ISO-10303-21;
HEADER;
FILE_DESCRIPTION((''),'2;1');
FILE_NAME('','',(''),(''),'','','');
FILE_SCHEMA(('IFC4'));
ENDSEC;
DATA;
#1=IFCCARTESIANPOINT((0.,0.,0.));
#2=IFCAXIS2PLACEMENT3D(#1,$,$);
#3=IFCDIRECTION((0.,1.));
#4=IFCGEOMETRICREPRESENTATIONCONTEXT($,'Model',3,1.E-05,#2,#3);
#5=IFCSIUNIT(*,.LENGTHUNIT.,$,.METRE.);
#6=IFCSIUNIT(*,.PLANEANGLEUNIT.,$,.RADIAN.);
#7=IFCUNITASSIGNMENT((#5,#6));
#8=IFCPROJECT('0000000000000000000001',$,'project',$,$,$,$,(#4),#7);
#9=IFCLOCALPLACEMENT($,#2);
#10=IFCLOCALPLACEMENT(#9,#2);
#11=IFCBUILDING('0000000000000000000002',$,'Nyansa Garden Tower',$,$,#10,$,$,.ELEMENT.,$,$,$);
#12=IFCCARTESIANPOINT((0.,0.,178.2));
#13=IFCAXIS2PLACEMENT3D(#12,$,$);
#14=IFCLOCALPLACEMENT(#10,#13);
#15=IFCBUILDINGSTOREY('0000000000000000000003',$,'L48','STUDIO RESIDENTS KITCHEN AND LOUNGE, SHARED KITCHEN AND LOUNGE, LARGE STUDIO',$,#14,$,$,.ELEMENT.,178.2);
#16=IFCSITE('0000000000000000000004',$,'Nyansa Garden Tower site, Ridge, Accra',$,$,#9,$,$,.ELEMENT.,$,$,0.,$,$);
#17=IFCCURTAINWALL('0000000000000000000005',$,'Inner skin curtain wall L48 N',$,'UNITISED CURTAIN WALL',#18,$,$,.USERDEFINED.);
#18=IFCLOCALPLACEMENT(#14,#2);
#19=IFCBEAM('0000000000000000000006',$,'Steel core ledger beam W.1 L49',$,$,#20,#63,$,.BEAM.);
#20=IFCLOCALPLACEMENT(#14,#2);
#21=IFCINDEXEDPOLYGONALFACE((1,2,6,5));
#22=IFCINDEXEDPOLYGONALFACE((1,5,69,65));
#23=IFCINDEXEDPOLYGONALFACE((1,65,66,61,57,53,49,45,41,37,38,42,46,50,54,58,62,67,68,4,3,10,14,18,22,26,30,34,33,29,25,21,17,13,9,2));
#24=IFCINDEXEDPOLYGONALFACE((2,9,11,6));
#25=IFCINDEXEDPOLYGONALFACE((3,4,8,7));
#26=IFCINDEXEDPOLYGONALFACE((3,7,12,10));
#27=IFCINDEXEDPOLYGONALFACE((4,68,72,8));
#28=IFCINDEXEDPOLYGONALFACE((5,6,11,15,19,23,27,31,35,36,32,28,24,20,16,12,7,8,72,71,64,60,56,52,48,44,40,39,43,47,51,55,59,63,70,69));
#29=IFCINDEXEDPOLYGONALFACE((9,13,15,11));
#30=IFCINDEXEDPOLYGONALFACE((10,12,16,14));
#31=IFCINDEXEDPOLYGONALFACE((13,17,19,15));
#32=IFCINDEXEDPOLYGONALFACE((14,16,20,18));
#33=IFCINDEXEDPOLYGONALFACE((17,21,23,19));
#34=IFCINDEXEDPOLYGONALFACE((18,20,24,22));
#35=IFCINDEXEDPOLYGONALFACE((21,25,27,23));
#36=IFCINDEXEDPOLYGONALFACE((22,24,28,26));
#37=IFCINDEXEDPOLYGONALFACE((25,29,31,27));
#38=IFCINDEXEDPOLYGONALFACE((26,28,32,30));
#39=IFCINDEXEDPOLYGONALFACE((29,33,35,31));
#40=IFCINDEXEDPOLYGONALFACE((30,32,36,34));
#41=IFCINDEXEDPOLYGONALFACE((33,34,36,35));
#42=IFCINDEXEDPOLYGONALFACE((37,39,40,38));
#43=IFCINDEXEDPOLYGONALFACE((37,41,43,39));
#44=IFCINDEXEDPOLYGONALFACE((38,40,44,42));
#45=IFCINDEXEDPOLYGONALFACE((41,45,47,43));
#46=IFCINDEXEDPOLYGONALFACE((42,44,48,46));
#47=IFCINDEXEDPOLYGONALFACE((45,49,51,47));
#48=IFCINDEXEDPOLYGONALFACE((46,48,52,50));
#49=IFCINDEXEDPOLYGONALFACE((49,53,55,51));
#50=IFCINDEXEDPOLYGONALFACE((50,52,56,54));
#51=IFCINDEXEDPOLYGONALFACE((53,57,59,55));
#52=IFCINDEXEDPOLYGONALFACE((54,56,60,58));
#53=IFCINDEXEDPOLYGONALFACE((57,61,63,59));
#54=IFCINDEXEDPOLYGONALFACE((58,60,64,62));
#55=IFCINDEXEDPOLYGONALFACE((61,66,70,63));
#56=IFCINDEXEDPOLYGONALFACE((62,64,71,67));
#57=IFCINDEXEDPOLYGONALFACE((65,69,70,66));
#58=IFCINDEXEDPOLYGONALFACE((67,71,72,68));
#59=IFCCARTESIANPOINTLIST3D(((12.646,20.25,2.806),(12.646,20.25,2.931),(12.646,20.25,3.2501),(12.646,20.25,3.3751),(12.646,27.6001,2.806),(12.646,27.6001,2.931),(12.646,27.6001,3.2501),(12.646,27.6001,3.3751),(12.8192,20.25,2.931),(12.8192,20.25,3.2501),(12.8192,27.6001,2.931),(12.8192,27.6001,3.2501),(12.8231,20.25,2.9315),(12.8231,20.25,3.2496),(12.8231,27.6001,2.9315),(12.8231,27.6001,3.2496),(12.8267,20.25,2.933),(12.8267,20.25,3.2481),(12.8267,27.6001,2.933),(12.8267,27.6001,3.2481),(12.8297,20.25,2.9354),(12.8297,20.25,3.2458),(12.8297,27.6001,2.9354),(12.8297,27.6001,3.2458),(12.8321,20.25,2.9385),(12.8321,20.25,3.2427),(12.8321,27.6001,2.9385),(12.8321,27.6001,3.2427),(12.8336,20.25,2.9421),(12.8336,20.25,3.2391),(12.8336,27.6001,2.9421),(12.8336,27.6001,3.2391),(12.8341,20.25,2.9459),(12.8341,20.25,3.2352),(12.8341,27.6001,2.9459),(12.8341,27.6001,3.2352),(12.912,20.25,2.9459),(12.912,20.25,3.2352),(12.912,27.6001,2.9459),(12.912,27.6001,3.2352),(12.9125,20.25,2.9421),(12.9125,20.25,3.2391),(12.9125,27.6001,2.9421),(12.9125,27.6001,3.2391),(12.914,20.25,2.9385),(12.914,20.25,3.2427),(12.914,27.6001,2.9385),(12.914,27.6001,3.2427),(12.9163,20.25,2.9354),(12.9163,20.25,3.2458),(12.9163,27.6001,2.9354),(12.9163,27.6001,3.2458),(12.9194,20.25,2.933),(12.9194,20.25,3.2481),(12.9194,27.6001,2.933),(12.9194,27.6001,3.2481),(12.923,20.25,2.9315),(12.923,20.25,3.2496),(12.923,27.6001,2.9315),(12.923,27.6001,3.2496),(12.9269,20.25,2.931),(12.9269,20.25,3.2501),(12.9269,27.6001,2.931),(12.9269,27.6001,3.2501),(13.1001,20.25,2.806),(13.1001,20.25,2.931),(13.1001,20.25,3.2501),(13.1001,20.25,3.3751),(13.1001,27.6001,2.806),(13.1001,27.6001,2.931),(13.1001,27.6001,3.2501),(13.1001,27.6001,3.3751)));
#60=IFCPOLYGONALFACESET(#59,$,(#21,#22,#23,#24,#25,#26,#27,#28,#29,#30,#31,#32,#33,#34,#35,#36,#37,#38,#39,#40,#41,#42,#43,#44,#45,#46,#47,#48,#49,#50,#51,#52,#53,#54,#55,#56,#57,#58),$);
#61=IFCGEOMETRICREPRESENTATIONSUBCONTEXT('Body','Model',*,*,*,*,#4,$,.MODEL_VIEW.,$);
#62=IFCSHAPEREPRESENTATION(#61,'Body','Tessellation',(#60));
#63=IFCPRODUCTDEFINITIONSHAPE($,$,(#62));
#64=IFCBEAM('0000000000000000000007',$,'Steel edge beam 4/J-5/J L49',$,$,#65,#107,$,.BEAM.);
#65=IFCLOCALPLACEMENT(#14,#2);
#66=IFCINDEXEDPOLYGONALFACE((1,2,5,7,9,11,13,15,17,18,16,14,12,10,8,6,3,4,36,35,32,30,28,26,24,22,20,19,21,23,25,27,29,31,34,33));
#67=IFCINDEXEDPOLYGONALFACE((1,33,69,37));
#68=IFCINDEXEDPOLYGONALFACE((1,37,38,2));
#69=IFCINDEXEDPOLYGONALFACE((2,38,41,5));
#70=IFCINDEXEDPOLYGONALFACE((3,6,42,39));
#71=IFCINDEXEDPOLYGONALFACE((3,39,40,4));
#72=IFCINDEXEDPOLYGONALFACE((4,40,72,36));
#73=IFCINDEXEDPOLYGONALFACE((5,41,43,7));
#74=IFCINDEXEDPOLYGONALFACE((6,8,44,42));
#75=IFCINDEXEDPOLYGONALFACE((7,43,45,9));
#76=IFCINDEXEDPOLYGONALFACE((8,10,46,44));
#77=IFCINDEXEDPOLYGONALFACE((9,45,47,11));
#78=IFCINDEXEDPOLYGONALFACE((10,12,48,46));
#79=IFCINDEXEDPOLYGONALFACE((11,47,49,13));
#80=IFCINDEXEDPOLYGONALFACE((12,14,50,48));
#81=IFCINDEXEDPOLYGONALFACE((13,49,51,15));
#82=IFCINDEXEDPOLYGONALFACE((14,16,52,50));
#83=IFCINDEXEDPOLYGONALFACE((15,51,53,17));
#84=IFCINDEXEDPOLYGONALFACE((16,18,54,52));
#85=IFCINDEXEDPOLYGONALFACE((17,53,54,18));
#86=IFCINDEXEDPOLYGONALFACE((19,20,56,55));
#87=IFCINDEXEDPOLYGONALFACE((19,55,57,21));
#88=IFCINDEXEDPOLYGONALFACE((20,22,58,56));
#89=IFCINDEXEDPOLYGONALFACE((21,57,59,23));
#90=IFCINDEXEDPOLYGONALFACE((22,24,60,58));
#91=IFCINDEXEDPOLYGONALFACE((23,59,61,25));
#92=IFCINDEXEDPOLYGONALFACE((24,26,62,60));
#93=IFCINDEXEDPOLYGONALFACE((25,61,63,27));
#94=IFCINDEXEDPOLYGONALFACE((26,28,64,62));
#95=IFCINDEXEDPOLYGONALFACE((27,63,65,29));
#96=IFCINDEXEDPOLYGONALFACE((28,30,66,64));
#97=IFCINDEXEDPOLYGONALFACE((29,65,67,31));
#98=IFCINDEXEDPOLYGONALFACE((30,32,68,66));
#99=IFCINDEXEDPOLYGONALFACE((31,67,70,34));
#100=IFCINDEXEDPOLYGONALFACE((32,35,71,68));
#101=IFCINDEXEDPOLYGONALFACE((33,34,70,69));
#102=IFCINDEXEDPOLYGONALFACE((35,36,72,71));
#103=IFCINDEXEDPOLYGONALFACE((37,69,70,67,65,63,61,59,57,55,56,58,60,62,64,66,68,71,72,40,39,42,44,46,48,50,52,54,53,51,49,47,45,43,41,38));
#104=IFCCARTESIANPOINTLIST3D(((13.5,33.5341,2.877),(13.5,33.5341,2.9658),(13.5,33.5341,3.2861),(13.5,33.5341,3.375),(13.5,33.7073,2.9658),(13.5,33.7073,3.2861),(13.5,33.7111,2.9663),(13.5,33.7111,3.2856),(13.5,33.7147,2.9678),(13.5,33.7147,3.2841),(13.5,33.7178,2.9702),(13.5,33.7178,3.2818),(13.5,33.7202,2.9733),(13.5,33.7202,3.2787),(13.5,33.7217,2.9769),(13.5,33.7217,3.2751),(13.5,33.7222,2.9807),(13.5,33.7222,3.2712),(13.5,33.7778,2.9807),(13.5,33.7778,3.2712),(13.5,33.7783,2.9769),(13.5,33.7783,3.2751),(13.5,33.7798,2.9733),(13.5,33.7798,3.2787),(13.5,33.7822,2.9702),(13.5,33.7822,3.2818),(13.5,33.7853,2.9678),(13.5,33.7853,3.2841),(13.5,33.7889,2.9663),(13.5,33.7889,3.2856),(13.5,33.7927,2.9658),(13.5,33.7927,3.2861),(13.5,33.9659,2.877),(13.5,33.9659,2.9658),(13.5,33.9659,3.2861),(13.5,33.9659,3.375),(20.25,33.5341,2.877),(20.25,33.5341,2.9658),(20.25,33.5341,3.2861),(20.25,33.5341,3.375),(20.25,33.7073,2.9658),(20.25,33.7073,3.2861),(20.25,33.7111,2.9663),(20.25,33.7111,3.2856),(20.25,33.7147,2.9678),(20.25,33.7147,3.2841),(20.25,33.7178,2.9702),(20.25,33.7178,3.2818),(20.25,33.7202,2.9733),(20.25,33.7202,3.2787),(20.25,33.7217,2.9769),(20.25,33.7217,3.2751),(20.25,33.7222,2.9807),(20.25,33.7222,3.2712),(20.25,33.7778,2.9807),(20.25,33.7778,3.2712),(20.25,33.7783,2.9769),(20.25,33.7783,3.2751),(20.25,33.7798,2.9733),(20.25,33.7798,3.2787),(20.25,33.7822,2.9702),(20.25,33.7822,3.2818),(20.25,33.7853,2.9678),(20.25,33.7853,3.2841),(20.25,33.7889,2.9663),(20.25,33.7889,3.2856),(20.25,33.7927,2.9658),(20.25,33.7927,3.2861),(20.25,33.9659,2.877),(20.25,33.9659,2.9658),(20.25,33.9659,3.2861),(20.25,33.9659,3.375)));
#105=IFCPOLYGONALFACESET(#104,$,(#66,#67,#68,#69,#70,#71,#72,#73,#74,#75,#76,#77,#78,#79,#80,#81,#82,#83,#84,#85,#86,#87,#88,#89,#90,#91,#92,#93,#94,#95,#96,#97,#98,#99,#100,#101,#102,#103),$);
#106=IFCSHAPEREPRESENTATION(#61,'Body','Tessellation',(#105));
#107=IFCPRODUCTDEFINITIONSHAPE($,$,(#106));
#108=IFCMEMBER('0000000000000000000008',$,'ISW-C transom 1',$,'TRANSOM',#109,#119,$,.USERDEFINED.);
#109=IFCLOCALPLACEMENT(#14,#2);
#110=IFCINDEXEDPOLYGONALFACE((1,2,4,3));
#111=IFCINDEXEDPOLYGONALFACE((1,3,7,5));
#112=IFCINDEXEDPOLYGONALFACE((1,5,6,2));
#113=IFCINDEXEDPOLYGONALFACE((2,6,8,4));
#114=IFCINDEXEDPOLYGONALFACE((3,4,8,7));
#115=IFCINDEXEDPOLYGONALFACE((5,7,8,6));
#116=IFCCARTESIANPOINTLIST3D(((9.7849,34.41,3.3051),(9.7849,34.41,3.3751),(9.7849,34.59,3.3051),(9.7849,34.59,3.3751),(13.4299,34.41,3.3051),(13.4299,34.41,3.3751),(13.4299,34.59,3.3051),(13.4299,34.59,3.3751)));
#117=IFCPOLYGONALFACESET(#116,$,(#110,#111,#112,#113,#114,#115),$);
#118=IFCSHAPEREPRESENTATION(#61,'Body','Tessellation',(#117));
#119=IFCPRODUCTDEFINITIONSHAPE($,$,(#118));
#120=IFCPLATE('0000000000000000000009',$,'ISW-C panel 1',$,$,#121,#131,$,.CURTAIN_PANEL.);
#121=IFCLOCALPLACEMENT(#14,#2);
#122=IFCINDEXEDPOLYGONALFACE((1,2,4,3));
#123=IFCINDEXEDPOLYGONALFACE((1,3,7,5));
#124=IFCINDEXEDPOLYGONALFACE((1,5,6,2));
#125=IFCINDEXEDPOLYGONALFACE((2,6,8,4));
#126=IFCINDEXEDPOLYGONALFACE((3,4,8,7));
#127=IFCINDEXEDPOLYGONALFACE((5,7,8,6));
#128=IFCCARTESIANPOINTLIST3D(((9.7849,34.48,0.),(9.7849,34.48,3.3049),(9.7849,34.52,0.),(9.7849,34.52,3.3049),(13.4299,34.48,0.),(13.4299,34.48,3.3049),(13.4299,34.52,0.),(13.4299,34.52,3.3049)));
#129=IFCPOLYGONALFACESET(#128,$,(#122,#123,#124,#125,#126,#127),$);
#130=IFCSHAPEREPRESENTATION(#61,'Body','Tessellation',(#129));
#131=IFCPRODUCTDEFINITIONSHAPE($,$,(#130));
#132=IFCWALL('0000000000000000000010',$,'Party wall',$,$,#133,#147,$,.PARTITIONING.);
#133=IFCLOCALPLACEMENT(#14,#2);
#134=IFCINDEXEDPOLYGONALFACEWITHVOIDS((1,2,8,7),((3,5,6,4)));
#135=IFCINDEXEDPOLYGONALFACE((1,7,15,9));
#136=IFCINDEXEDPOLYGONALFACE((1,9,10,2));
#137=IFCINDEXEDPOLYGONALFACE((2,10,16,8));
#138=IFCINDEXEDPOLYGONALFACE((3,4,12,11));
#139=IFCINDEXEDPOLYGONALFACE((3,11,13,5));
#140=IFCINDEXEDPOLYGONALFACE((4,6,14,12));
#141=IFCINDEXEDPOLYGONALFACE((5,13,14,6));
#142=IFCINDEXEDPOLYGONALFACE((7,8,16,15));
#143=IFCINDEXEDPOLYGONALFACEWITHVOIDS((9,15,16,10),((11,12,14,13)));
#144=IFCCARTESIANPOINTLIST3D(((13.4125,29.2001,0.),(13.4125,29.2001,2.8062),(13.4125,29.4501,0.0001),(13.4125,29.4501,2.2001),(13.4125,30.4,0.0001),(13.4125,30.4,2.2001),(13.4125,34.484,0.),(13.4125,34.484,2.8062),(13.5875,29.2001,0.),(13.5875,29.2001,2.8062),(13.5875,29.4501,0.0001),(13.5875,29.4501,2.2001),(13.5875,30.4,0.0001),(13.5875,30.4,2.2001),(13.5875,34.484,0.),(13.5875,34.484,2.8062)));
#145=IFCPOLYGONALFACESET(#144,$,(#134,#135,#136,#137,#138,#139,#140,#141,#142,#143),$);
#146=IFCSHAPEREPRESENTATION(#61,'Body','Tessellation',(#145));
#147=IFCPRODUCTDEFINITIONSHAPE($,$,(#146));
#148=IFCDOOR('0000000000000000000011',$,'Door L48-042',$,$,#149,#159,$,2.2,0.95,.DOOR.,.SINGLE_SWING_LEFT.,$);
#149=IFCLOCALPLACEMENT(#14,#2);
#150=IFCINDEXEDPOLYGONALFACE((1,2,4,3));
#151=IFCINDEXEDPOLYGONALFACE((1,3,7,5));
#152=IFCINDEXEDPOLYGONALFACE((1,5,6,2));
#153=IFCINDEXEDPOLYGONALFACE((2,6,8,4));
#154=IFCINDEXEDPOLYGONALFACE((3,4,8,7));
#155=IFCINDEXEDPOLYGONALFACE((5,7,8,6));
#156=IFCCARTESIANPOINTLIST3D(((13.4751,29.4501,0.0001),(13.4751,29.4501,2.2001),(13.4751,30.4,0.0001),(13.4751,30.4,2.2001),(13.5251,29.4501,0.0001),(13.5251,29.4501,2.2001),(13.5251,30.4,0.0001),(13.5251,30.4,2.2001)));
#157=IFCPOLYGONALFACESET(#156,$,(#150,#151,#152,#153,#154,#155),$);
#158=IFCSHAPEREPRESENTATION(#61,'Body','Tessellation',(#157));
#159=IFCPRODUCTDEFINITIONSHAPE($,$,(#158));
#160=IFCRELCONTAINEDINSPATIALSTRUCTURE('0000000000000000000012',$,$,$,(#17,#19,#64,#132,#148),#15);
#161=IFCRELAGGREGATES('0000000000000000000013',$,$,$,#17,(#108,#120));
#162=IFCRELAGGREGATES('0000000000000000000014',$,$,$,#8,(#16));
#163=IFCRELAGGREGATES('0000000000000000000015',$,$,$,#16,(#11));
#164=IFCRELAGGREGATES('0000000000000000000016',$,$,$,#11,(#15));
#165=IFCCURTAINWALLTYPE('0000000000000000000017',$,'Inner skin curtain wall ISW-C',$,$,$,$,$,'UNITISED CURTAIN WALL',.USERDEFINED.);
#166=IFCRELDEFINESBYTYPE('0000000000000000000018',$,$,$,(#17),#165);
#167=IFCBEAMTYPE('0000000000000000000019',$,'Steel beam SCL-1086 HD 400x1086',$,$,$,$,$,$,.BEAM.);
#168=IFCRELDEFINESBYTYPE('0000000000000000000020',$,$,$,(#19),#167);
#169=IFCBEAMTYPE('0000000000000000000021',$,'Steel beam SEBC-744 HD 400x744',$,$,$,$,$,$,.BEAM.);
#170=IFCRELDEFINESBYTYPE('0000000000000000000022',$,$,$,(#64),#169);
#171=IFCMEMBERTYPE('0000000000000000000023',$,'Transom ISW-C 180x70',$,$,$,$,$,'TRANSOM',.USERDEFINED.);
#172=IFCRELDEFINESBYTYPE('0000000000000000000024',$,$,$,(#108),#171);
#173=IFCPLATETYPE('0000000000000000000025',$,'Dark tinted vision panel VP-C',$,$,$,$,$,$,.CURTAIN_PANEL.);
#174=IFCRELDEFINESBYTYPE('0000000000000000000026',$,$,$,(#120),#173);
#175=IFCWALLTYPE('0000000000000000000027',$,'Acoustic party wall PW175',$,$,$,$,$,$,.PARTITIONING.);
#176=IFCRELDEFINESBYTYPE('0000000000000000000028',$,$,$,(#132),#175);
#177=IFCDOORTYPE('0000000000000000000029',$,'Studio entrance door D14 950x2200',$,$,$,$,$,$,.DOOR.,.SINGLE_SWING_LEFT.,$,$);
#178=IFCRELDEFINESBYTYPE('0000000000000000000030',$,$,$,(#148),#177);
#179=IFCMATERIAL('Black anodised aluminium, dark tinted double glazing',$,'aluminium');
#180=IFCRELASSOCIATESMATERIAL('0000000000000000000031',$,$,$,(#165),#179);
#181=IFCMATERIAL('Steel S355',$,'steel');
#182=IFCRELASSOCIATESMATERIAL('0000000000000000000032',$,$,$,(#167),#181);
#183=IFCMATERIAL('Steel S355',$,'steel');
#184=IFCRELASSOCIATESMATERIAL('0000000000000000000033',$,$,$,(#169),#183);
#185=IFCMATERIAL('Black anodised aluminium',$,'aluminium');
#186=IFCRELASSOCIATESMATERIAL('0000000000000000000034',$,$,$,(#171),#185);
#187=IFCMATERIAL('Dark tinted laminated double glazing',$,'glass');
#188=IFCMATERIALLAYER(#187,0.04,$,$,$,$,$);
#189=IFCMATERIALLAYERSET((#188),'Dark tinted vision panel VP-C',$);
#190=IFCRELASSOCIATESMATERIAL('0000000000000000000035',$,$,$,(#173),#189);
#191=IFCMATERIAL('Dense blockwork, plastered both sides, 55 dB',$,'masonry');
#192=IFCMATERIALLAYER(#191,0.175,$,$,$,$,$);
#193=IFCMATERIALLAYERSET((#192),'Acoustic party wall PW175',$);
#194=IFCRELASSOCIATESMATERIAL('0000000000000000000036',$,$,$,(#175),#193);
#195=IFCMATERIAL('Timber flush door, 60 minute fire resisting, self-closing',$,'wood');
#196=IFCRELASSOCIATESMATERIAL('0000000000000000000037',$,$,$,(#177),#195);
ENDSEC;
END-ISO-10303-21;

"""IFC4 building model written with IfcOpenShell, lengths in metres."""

from ifc_helpers import new_model, si_unit, direction, frame, frame_2d, origin, origin_2d, place, context, subcontext, project, spatial, rectangle, i_section, extrude, material, layer, layer_set, material_profile, profile_set, type_object, element, fill, aggregate, save


model = new_model("IFC4")

# Units and contexts
model_context = context("Model", 3, precision=1e-05, world=origin(), true_north=direction((0.0, 1.0)))
body_context = subcontext(model_context, "Body", "Model", "MODEL_VIEW")
ifc_project = project(units=[si_unit("LENGTHUNIT", "METRE"), si_unit("PLANEANGLEUNIT", "RADIAN")], contexts=[model_context])

# Site, building, storey
site_placement = place(None, origin())
site = spatial("IfcSite", under=ifc_project, at=site_placement, Name="Nyansa Garden Tower site, Ridge, Accra", CompositionType="ELEMENT", RefElevation=0.0)
building_placement = place(site_placement, origin())
building = spatial("IfcBuilding", under=site, at=building_placement, Name="Nyansa Garden Tower", CompositionType="ELEMENT")
storey_placement = place(building_placement, frame((0.0, 0.0, 178.2)))
storey = spatial("IfcBuildingStorey", under=building, at=storey_placement, Name="L48", Description="STUDIO RESIDENTS KITCHEN AND LOUNGE, SHARED KITCHEN AND LOUNGE, LARGE STUDIO", CompositionType="ELEMENT", Elevation=178.2)

# Curtain wall
ifc_material_1 = material(Name="Black anodised aluminium, dark tinted double glazing", Category="aluminium")
curtain_wall_type = type_object("IfcCurtainWallType", Name="Inner skin curtain wall ISW-C", ElementType="UNITISED CURTAIN WALL", PredefinedType="USERDEFINED", material=ifc_material_1)
curtain_wall_placement = place(storey_placement, origin())
curtain_wall = element("IfcCurtainWall", 1, at=curtain_wall_placement, inside=storey, type_object=curtain_wall_type, Name="Inner skin curtain wall L48 N", ObjectType="UNITISED CURTAIN WALL", PredefinedType="USERDEFINED")

# Beams
ifc_material_2 = material(Name="Steel S355", Category="steel")
ifc_material_profile_1 = material_profile(ifc_material_2, i_section(OverallWidth=0.4541, OverallDepth=0.5691, WebThickness=0.0779, FlangeThickness=0.125, FilletRadius=0.0149, at=origin_2d()), Name="HD 400x1086")
ifc_profile_set_1 = profile_set([ifc_material_profile_1], Name="Steel S355")
beam_type_1 = type_object("IfcBeamType", Name="Steel beam SCL-1086 HD 400x1086", PredefinedType="BEAM", material=ifc_profile_set_1)
beam_1_placement = place(storey_placement, frame((12.873, 27.6001, 3.0906), z_axis=(0.0, -1.0, 0.0), x_axis=(1.0, 0.0, 0.0)))
element("IfcBeam", 2, at=beam_1_placement, inside=storey, type_object=beam_type_1, Name="Steel core ledger beam W.1 L49", PredefinedType="BEAM", context=body_context, shape_type="SweptSolid", body=[
    extrude(i_section(OverallWidth=0.4541, OverallDepth=0.5691, WebThickness=0.0779, FlangeThickness=0.125, FilletRadius=0.0149, at=origin_2d()), origin(), (0.0, 0.0, 1.0), 7.3501),
])
ifc_material_3 = material(Name="Steel S355", Category="steel")
ifc_material_profile_2 = material_profile(ifc_material_3, i_section(OverallWidth=0.4319, OverallDepth=0.498, WebThickness=0.0557, FlangeThickness=0.0889, FilletRadius=0.0149, at=origin_2d()), Name="HD 400x744")
ifc_profile_set_2 = profile_set([ifc_material_profile_2], Name="Steel S355")
beam_type_2 = type_object("IfcBeamType", Name="Steel beam SEBC-744 HD 400x744", PredefinedType="BEAM", material=ifc_profile_set_2)
beam_2_placement = place(storey_placement, frame((13.5, 33.75, 3.126), z_axis=(1.0, 0.0, 0.0), x_axis=(0.0, 1.0, 0.0)))
element("IfcBeam", 3, at=beam_2_placement, inside=storey, type_object=beam_type_2, Name="Steel edge beam 4/J-5/J L49", PredefinedType="BEAM", context=body_context, shape_type="SweptSolid", body=[
    extrude(i_section(OverallWidth=0.4319, OverallDepth=0.498, WebThickness=0.0557, FlangeThickness=0.0889, FilletRadius=0.0149, at=origin_2d()), origin(), (0.0, 0.0, 1.0), 6.75),
])

# Member
ifc_material_4 = material(Name="Black anodised aluminium", Category="aluminium")
ifc_material_profile_3 = material_profile(ifc_material_4, rectangle(XDim=0.1799, YDim=0.0701, at=origin_2d()), Name="Transom 180x70")
ifc_profile_set_3 = profile_set([ifc_material_profile_3], Name="Black anodised aluminium")
member_type_1 = type_object("IfcMemberType", Name="Transom ISW-C 180x70", ElementType="TRANSOM", PredefinedType="USERDEFINED", material=ifc_profile_set_3)
member_1_placement = place(storey_placement, frame((13.4299, 34.5, 3.3401), z_axis=(-1.0, 0.0, 0.0), x_axis=(0.0, -1.0, 0.0)))
member_1 = element("IfcMember", 4, at=member_1_placement, type_object=member_type_1, Name="ISW-C transom 1", ObjectType="TRANSOM", PredefinedType="USERDEFINED", context=body_context, shape_type="SweptSolid", body=[
    extrude(rectangle(XDim=0.1799, YDim=0.0701, at=origin_2d()), origin(), (0.0, 0.0, 1.0), 3.645),
])

# Plate
ifc_material_5 = material(Name="Dark tinted laminated double glazing", Category="glass")
ifc_layer_1 = layer(ifc_material_5, 0.04)
ifc_layer_set_1 = layer_set([ifc_layer_1], Name="Dark tinted vision panel VP-C")
plate_type = type_object("IfcPlateType", Name="Dark tinted vision panel VP-C", PredefinedType="CURTAIN_PANEL", material=ifc_layer_set_1)
plate_placement = place(storey_placement, frame((11.6074, 34.5, 0.0), z_axis=(0.0, 0.0, 1.0), x_axis=(-1.0, 0.0, 0.0)))
plate = element("IfcPlate", 5, at=plate_placement, type_object=plate_type, Name="ISW-C panel 1", PredefinedType="CURTAIN_PANEL", context=body_context, shape_type="SweptSolid", body=[
    extrude(rectangle(XDim=3.645, YDim=0.04, at=origin_2d()), origin(), (0.0, 0.0, 1.0), 3.3049),
])
aggregate(curtain_wall, [member_1, plate])

# Wall, opening, door
ifc_material_6 = material(Name="Dense blockwork, plastered both sides, 55 dB", Category="masonry")
ifc_layer_2 = layer(ifc_material_6, 0.175)
ifc_layer_set_2 = layer_set([ifc_layer_2], Name="Acoustic party wall PW175")
wall_type_1 = type_object("IfcWallType", Name="Acoustic party wall PW175", PredefinedType="PARTITIONING", material=ifc_layer_set_2)
wall_1_placement = place(storey_placement, frame((13.5, 29.2, 0.0), z_axis=(0.0, 0.0, 1.0), x_axis=(0.0, 1.0, 0.0)))
wall_1 = element("IfcWall", 6, at=wall_1_placement, inside=storey, type_object=wall_type_1, Name="Party wall", PredefinedType="PARTITIONING", context=body_context, shape_type="SweptSolid", body=[
    extrude(rectangle(XDim=5.2839, YDim=0.175, at=frame_2d((2.6421, 0.0))), origin(), (0.0, 0.0, 1.0), 2.8062),
])
opening_1_placement = place(wall_1_placement, frame((0.25, 0.0, 0.0)))
opening_1 = element("IfcOpeningElement", 7, at=opening_1_placement, cuts=wall_1, PredefinedType="OPENING", context=body_context, shape_type="SweptSolid", body=[
    extrude(rectangle(XDim=0.95, YDim=2.2, at=frame_2d((0.4751, 1.1001))), frame((0.0, 0.0974, 0.0), z_axis=(0.0, -1.0, 0.0), x_axis=(1.0, 0.0, 0.0)), (0.0, 0.0, 1.0), 0.1951),
])
ifc_material_7 = material(Name="Timber flush door, 60 minute fire resisting, self-closing", Category="wood")
door_type_1 = type_object("IfcDoorType", Name="Studio entrance door D14 950x2200", OperationType="SINGLE_SWING_LEFT", PredefinedType="DOOR", material=ifc_material_7)
door_1_placement = place(opening_1_placement, origin())
door_1 = element("IfcDoor", 8, at=door_1_placement, inside=storey, type_object=door_type_1, Name="Door L48-042", OperationType="SINGLE_SWING_LEFT", OverallHeight=2.2, OverallWidth=0.95, PredefinedType="DOOR", context=body_context, shape_type="SweptSolid", body=[
    extrude(rectangle(XDim=0.95, YDim=2.2, at=frame_2d((0.4751, 1.1001))), frame((0.0, 0.0249, 0.0), z_axis=(0.0, -1.0, 0.0), x_axis=(1.0, 0.0, 0.0)), (0.0, 0.0, 1.0), 0.05),
])
fill(opening_1, door_1)

save(model, "model.ifc")
